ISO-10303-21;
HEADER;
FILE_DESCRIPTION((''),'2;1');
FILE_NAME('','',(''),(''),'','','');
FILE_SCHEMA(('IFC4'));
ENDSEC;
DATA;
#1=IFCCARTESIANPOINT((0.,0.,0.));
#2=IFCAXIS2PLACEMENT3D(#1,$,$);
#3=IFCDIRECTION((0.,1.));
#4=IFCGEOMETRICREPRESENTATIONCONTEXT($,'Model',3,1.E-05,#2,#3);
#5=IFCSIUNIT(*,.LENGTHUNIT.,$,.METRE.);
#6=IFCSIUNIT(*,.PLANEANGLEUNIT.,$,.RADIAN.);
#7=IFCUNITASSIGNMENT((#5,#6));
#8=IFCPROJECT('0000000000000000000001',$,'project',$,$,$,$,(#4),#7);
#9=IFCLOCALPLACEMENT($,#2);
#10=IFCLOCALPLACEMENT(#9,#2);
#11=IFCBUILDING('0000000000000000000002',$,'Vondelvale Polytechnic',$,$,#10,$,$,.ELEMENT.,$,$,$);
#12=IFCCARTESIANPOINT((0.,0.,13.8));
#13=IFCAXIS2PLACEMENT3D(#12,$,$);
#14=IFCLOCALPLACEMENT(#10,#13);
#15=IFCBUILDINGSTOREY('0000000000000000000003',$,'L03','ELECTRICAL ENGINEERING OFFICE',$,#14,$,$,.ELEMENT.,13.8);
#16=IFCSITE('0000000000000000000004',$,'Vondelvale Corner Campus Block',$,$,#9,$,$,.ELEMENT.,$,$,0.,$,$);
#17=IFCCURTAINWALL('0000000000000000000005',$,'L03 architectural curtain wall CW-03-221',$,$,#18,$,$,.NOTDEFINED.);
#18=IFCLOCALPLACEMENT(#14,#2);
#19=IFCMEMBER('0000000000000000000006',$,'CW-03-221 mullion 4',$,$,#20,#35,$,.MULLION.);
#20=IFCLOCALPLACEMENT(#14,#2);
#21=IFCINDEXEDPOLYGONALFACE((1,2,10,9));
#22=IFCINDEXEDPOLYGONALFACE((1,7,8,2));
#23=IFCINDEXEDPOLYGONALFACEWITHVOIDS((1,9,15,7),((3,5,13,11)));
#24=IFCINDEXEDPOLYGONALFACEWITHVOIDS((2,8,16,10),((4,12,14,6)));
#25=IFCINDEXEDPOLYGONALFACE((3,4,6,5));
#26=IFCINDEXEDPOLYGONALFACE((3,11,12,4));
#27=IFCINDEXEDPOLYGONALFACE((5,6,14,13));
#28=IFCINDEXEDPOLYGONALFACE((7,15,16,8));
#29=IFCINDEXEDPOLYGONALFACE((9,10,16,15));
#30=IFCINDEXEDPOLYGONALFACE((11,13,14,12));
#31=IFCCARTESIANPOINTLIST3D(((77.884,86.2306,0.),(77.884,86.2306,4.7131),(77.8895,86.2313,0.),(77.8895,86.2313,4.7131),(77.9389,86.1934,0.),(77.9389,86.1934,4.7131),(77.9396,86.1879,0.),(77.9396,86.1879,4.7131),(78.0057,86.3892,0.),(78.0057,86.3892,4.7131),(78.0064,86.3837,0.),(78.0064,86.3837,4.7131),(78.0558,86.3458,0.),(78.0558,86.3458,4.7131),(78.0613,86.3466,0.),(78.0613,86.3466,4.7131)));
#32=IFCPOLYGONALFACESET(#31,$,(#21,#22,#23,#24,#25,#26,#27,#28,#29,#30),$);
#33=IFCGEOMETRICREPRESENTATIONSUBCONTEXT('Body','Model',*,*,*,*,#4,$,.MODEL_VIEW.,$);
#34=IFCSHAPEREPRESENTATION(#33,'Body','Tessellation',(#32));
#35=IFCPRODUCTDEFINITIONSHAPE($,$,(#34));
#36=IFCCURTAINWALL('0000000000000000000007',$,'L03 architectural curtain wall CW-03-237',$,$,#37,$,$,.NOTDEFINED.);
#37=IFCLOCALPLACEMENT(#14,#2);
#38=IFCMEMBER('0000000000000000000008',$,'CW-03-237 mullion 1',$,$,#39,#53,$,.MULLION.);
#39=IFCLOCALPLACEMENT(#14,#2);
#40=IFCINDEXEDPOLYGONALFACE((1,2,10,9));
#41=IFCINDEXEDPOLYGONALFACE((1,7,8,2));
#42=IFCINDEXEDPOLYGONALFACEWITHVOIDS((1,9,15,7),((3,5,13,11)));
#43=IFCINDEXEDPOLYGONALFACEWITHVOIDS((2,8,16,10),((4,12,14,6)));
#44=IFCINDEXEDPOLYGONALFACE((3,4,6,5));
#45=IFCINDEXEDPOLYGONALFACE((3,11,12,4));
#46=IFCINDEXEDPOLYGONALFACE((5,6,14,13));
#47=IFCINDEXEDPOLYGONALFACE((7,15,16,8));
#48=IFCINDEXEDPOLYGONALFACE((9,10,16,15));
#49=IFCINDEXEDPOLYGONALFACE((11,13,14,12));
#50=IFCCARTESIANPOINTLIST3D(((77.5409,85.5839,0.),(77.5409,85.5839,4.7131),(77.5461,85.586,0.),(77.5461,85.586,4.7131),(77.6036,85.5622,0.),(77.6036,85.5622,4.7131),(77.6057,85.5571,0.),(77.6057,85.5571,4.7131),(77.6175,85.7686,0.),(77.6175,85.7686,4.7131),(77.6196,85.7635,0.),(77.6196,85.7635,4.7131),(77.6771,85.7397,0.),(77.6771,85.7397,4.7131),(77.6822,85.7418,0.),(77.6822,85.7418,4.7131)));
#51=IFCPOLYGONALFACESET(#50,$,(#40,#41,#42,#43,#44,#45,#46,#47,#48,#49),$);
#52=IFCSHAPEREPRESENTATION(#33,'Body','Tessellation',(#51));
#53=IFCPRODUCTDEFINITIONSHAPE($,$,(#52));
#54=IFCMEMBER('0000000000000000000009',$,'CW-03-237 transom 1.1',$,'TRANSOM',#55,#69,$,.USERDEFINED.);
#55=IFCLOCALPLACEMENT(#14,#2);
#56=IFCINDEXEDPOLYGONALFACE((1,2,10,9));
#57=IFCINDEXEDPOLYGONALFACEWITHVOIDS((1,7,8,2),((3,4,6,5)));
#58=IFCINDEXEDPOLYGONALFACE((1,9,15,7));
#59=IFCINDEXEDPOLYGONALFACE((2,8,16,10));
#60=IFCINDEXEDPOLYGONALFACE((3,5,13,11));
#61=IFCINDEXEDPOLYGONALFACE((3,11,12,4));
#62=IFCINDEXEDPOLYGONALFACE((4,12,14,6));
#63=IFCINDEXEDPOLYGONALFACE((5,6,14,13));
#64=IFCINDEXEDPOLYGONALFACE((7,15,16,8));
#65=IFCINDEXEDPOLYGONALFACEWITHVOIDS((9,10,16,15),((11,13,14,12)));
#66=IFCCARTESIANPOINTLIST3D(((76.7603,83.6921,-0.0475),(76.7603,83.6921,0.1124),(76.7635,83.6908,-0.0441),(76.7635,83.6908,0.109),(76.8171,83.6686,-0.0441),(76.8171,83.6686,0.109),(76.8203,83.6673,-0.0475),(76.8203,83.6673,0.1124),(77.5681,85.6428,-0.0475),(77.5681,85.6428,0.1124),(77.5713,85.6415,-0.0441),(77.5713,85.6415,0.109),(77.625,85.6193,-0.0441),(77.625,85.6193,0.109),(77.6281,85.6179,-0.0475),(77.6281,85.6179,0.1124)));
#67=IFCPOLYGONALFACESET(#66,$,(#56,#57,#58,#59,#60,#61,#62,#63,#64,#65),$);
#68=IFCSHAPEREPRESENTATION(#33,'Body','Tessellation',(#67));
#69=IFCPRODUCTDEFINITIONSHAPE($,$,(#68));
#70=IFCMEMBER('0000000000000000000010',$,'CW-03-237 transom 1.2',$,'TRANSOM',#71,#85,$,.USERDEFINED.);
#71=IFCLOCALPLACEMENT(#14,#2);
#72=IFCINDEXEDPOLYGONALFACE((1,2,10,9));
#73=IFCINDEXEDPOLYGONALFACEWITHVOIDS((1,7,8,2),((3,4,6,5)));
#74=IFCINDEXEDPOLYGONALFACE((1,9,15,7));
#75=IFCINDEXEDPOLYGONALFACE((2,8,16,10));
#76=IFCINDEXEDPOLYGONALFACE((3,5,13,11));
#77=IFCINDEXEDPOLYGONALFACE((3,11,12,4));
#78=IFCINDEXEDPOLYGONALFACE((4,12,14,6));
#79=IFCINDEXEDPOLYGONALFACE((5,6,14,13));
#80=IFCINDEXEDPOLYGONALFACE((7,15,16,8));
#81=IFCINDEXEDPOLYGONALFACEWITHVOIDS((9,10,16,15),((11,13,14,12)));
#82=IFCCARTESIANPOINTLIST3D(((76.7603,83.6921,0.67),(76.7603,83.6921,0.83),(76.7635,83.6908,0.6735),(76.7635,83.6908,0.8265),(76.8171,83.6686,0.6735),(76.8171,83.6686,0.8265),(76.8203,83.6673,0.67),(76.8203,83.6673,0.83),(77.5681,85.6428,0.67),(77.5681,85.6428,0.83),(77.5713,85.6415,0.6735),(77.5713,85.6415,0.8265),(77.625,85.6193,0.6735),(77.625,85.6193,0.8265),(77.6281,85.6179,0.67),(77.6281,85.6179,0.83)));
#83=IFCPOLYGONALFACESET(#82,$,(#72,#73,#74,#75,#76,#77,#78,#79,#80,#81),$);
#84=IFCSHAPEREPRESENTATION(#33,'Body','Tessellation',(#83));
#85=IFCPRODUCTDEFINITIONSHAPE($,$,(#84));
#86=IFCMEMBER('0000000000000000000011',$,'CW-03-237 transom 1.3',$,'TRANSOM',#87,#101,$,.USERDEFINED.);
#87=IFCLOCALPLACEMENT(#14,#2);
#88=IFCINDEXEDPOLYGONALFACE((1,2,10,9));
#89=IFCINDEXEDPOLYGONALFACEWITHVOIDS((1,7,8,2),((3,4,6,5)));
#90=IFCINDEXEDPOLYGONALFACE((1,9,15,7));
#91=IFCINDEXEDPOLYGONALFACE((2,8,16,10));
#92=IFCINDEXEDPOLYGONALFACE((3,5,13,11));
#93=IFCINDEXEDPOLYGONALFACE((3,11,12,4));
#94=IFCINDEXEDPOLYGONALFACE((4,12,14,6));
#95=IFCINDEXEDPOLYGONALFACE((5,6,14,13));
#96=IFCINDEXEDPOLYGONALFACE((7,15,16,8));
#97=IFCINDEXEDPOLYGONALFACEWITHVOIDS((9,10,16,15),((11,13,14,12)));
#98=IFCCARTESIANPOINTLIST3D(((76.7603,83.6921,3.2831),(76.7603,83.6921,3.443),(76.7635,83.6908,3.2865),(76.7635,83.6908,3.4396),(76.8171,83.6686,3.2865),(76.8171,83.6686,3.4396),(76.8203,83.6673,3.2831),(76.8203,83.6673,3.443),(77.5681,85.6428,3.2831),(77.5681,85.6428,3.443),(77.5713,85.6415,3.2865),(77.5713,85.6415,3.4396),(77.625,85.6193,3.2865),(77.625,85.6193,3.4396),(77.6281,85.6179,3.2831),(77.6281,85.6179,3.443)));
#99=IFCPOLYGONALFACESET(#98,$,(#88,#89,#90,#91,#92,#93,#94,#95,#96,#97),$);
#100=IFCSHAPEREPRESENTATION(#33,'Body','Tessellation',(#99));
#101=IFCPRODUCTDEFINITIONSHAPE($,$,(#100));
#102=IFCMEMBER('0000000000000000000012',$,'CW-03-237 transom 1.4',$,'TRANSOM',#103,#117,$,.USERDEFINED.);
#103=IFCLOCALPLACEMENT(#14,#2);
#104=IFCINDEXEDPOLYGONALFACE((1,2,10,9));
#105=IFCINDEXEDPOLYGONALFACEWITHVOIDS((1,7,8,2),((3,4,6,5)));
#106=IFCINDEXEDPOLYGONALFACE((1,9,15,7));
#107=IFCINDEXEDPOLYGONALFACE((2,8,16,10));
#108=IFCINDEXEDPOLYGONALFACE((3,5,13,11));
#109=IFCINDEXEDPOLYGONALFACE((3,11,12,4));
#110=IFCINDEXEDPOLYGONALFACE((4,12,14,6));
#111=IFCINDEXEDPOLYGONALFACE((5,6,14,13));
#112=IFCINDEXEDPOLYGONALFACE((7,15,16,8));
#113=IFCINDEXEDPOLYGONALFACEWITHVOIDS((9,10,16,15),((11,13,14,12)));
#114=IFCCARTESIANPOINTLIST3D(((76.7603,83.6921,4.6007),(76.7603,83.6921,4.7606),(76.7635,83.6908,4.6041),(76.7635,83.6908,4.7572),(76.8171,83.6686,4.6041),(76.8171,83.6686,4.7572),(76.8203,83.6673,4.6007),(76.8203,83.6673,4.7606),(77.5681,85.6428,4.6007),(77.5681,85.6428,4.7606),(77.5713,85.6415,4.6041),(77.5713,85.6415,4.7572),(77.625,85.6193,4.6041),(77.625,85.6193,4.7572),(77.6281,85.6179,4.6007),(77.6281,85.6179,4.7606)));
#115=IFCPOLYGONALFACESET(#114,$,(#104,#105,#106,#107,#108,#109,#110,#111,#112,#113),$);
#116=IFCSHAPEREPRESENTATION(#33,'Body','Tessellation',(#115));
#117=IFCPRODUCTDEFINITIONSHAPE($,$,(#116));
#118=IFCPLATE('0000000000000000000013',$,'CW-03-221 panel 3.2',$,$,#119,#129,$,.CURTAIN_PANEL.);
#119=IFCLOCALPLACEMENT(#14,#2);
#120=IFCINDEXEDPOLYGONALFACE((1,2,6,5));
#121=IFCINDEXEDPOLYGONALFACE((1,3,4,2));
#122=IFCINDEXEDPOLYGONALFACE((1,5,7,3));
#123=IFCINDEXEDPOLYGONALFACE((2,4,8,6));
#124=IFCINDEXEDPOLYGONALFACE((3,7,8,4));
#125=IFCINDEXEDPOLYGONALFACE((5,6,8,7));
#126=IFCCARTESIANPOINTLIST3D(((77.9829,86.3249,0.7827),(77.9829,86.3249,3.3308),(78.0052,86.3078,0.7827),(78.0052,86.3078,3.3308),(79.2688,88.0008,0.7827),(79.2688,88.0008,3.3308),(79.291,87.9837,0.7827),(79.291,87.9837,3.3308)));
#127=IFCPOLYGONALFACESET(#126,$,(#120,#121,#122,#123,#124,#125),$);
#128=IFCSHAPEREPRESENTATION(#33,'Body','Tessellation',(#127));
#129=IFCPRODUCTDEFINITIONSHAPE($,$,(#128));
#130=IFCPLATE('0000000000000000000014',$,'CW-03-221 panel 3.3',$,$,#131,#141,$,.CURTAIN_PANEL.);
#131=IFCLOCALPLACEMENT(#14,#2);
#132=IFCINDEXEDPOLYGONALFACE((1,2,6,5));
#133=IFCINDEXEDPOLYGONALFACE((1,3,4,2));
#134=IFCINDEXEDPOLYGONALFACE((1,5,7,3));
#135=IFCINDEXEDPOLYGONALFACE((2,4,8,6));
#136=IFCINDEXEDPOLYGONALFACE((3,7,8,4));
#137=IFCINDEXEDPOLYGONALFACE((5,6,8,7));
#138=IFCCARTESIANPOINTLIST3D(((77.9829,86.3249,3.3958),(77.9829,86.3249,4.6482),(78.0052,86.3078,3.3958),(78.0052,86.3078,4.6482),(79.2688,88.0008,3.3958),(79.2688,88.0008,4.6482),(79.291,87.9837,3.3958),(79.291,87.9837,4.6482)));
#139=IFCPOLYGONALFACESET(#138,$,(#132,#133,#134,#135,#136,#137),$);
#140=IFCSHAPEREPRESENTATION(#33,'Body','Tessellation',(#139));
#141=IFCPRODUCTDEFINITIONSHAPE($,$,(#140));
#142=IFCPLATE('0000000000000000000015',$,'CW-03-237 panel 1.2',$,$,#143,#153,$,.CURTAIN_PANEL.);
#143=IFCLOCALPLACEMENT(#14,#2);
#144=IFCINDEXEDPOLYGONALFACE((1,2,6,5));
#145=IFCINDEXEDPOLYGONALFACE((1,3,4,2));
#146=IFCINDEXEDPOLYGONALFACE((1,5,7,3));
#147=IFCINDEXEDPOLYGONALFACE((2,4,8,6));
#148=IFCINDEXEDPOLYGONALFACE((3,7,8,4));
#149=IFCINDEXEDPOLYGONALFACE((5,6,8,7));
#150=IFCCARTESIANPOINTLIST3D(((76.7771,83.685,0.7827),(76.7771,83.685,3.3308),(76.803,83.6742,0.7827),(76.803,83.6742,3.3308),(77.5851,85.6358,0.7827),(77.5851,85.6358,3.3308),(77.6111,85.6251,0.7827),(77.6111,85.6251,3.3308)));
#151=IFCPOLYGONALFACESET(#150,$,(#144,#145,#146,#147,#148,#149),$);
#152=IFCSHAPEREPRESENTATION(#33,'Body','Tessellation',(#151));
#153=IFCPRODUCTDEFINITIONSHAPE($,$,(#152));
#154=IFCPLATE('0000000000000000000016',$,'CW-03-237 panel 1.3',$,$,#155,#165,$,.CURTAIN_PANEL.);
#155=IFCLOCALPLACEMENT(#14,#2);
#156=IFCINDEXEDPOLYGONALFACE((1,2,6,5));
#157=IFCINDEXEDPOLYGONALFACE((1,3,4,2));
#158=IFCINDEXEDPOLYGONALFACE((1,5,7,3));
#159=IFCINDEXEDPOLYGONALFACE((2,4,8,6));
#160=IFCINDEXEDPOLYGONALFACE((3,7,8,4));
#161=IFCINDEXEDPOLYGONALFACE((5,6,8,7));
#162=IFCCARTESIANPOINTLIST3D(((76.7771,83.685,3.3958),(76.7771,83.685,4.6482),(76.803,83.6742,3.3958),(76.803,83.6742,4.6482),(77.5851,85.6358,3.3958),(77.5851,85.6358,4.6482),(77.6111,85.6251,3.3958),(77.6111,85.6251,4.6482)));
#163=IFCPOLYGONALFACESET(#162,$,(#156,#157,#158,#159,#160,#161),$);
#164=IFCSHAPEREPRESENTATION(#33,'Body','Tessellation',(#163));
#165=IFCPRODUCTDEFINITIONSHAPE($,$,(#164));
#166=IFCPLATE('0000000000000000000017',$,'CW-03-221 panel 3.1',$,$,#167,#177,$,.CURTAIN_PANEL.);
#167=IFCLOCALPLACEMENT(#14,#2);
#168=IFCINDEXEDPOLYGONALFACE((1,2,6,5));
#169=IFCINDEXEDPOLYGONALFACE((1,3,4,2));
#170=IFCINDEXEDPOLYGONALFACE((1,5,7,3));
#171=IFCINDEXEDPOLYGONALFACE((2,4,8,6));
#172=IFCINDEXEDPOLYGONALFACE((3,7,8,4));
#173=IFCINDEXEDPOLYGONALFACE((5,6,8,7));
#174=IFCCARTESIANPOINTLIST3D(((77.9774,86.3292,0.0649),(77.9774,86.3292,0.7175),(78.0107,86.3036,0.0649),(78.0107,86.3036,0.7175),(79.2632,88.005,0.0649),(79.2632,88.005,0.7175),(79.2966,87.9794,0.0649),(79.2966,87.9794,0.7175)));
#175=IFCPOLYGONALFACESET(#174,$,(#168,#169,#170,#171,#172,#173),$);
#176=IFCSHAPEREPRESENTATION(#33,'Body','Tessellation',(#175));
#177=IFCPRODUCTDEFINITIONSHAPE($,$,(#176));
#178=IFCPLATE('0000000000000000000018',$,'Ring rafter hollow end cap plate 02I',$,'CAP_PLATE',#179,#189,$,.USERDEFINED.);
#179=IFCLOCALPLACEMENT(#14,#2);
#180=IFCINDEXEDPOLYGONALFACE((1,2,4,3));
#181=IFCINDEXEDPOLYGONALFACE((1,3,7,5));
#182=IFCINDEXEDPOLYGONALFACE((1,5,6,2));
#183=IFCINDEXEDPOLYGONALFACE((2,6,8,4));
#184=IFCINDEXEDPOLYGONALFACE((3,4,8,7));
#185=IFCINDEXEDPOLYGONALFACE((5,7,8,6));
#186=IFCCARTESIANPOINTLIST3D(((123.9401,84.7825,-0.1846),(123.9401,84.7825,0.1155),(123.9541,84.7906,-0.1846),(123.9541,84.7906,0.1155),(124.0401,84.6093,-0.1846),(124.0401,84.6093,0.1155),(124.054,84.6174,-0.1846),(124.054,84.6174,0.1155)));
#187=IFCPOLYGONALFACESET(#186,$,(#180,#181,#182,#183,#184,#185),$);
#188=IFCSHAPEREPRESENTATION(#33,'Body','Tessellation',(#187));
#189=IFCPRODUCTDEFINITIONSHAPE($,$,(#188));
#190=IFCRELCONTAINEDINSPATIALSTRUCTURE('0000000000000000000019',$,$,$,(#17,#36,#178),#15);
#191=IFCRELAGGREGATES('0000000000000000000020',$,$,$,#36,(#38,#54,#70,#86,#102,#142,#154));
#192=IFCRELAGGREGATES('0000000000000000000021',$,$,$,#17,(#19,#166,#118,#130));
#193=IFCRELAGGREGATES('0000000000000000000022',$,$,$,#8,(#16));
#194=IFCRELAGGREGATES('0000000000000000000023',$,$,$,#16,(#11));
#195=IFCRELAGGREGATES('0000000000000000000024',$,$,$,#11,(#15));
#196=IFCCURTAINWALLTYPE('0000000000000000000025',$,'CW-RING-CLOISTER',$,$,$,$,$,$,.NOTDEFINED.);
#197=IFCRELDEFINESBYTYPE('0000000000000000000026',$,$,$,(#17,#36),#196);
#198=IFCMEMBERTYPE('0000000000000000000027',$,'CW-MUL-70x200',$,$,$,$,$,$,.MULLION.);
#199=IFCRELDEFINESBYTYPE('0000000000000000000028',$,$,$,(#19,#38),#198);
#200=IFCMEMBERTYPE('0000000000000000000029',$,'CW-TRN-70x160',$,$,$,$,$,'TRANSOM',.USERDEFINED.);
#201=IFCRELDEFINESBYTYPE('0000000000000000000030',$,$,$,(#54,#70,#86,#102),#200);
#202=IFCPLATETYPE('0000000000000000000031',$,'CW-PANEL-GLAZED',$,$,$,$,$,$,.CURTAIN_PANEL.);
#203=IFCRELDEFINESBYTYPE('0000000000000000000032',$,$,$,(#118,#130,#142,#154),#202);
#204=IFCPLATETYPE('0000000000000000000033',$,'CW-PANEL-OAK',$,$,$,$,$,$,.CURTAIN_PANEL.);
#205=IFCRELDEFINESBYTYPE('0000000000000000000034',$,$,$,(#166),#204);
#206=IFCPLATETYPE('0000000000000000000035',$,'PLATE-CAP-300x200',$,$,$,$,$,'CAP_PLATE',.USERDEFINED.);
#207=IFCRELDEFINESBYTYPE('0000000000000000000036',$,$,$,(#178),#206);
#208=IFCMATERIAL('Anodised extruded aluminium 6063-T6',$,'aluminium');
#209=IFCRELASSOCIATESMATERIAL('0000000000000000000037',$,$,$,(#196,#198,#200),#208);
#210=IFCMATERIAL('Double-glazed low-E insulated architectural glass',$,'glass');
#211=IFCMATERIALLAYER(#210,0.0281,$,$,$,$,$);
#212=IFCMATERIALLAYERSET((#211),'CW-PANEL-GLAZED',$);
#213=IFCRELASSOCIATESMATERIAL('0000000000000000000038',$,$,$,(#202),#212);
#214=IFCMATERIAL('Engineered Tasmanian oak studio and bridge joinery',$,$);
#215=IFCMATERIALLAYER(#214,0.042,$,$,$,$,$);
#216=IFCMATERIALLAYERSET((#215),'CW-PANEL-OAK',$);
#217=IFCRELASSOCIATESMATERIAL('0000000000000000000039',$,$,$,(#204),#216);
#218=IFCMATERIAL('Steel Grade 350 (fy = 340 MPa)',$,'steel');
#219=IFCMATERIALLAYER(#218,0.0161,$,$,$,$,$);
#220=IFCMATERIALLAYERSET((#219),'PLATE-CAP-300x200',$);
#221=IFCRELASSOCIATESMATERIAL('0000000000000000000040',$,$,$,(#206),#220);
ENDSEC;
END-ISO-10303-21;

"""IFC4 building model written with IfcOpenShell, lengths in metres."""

from ifc_helpers import new_model, si_unit, direction, frame, origin, origin_2d, place, context, subcontext, project, spatial, rectangle, hollow_rectangle, extrude, material, layer, layer_set, material_profile, profile_set, type_object, element, aggregate, save


model = new_model("IFC4")

# Units and contexts
model_context = context("Model", 3, precision=1e-05, world=origin(), true_north=direction((0.0, 1.0)))
body_context = subcontext(model_context, "Body", "Model", "MODEL_VIEW")
ifc_project = project(units=[si_unit("LENGTHUNIT", "METRE"), si_unit("PLANEANGLEUNIT", "RADIAN")], contexts=[model_context])

# Site, building, storey
site_placement = place(None, origin())
site = spatial("IfcSite", under=ifc_project, at=site_placement, Name="Vondelvale Corner Campus Block", CompositionType="ELEMENT", RefElevation=0.0)
building_placement = place(site_placement, origin())
building = spatial("IfcBuilding", under=site, at=building_placement, Name="Vondelvale Polytechnic", CompositionType="ELEMENT")
storey_placement = place(building_placement, frame((0.0, 0.0, 13.8)))
storey = spatial("IfcBuildingStorey", under=building, at=storey_placement, Name="L03", Description="ELECTRICAL ENGINEERING OFFICE", CompositionType="ELEMENT", Elevation=13.8)

# Curtain wall, member
ifc_material_1 = material(Name="Anodised extruded aluminium 6063-T6", Category="aluminium")
curtain_wall_type = type_object("IfcCurtainWallType", Name="CW-RING-CLOISTER", PredefinedType="NOTDEFINED", material=ifc_material_1)
curtain_wall_1_placement = place(storey_placement, origin())
curtain_wall_1 = element("IfcCurtainWall", 1, at=curtain_wall_1_placement, inside=storey, type_object=curtain_wall_type, Name="L03 architectural curtain wall CW-03-221", PredefinedType="NOTDEFINED")
ifc_material_profile_1 = material_profile(ifc_material_1, hollow_rectangle(XDim=0.0701, YDim=0.2, WallThickness=0.0039, at=origin_2d()), Name="CW-MUL-200x70")
ifc_profile_set_1 = profile_set([ifc_material_profile_1], Name="Anodised extruded aluminium 6063-T6")
member_type_1 = type_object("IfcMemberType", Name="CW-MUL-70x200", PredefinedType="MULLION", material=ifc_profile_set_1)
member_1_placement = place(storey_placement, frame((77.9727, 86.2886, 0.0), z_axis=(0.0, 0.0, 1.0), x_axis=(0.793364, -0.608748, 0.0)))
member_1 = element("IfcMember", 2, at=member_1_placement, type_object=member_type_1, Name="CW-03-221 mullion 4", PredefinedType="MULLION", context=body_context, shape_type="SweptSolid", body=[
    extrude(hollow_rectangle(XDim=0.0701, YDim=0.2, WallThickness=0.0039, at=origin_2d()), origin(), (0.0, 0.0, 1.0), 4.7131),
])

# Curtain wall, members
curtain_wall_2_placement = place(storey_placement, origin())
curtain_wall_2 = element("IfcCurtainWall", 3, at=curtain_wall_2_placement, inside=storey, type_object=curtain_wall_type, Name="L03 architectural curtain wall CW-03-237", PredefinedType="NOTDEFINED")
member_2_placement = place(storey_placement, frame((77.6116, 85.6628, 0.0), z_axis=(0.0, 0.0, 1.0), x_axis=(0.923882, -0.382679, 0.0)))
member_2 = element("IfcMember", 4, at=member_2_placement, type_object=member_type_1, Name="CW-03-237 mullion 1", PredefinedType="MULLION", context=body_context, shape_type="SweptSolid", body=[
    extrude(hollow_rectangle(XDim=0.0701, YDim=0.2, WallThickness=0.0039, at=origin_2d()), origin(), (0.0, 0.0, 1.0), 4.7131),
])
ifc_material_profile_2 = material_profile(ifc_material_1, hollow_rectangle(XDim=0.0649, YDim=0.1599, WallThickness=0.0034, at=origin_2d()), Name="CW-TRN-160x65")
ifc_profile_set_2 = profile_set([ifc_material_profile_2], Name="Anodised extruded aluminium 6063-T6")
member_type_2 = type_object("IfcMemberType", Name="CW-TRN-70x160", ElementType="TRANSOM", PredefinedType="USERDEFINED", material=ifc_profile_set_2)
member_3_placement = place(storey_placement, frame((77.5981, 85.6304, 0.0325), z_axis=(-0.382628, -0.923903, 0.0), x_axis=(0.923903, -0.382628, 0.0)))
member_3 = element("IfcMember", 5, at=member_3_placement, type_object=member_type_2, Name="CW-03-237 transom 1.1", ObjectType="TRANSOM", PredefinedType="USERDEFINED", context=body_context, shape_type="SweptSolid", body=[
    extrude(hollow_rectangle(XDim=0.0649, YDim=0.1599, WallThickness=0.0034, at=origin_2d()), origin(), (0.0, 0.0, 1.0), 2.1113),
])
member_4_placement = place(storey_placement, frame((77.5981, 85.6304, 0.75), z_axis=(-0.382628, -0.923903, 0.0), x_axis=(0.923903, -0.382628, 0.0)))
member_4 = element("IfcMember", 6, at=member_4_placement, type_object=member_type_2, Name="CW-03-237 transom 1.2", ObjectType="TRANSOM", PredefinedType="USERDEFINED", context=body_context, shape_type="SweptSolid", body=[
    extrude(hollow_rectangle(XDim=0.0649, YDim=0.1599, WallThickness=0.0034, at=origin_2d()), origin(), (0.0, 0.0, 1.0), 2.1113),
])
member_5_placement = place(storey_placement, frame((77.5981, 85.6304, 3.363), z_axis=(-0.382628, -0.923903, 0.0), x_axis=(0.923903, -0.382628, 0.0)))
member_5 = element("IfcMember", 7, at=member_5_placement, type_object=member_type_2, Name="CW-03-237 transom 1.3", ObjectType="TRANSOM", PredefinedType="USERDEFINED", context=body_context, shape_type="SweptSolid", body=[
    extrude(hollow_rectangle(XDim=0.0649, YDim=0.1599, WallThickness=0.0034, at=origin_2d()), origin(), (0.0, 0.0, 1.0), 2.1113),
])
member_6_placement = place(storey_placement, frame((77.5981, 85.6304, 4.6807), z_axis=(-0.382628, -0.923903, 0.0), x_axis=(0.923903, -0.382628, 0.0)))
member_6 = element("IfcMember", 8, at=member_6_placement, type_object=member_type_2, Name="CW-03-237 transom 1.4", ObjectType="TRANSOM", PredefinedType="USERDEFINED", context=body_context, shape_type="SweptSolid", body=[
    extrude(hollow_rectangle(XDim=0.0649, YDim=0.1599, WallThickness=0.0034, at=origin_2d()), origin(), (0.0, 0.0, 1.0), 2.1113),
])

# Plates
ifc_material_2 = material(Name="Double-glazed low-E insulated architectural glass", Category="glass")
ifc_layer_1 = layer(ifc_material_2, 0.0281)
ifc_layer_set_1 = layer_set([ifc_layer_1], Name="CW-PANEL-GLAZED")
plate_type_1 = type_object("IfcPlateType", Name="CW-PANEL-GLAZED", PredefinedType="CURTAIN_PANEL", material=ifc_layer_set_1)
plate_1_placement = place(storey_placement, frame((78.637, 87.1543, 0.7827), z_axis=(0.0, 0.0, 1.0), x_axis=(-0.608748, -0.793364, 0.0)))
plate_1 = element("IfcPlate", 9, at=plate_1_placement, type_object=plate_type_1, Name="CW-03-221 panel 3.2", PredefinedType="CURTAIN_PANEL", context=body_context, shape_type="SweptSolid", body=[
    extrude(rectangle(XDim=2.1123, YDim=0.0281, at=origin_2d()), origin(), (0.0, 0.0, 1.0), 2.5481),
])
plate_2_placement = place(storey_placement, frame((78.637, 87.1543, 3.3958), z_axis=(0.0, 0.0, 1.0), x_axis=(-0.608748, -0.793364, 0.0)))
plate_2 = element("IfcPlate", 10, at=plate_2_placement, type_object=plate_type_1, Name="CW-03-221 panel 3.3", PredefinedType="CURTAIN_PANEL", context=body_context, shape_type="SweptSolid", body=[
    extrude(rectangle(XDim=2.1123, YDim=0.0281, at=origin_2d()), origin(), (0.0, 0.0, 1.0), 1.2524),
])
plate_3_placement = place(storey_placement, frame((77.1941, 84.655, 0.7827), z_axis=(0.0, 0.0, 1.0), x_axis=(-0.382679, -0.923882, 0.0)))
plate_3 = element("IfcPlate", 11, at=plate_3_placement, type_object=plate_type_1, Name="CW-03-237 panel 1.2", PredefinedType="CURTAIN_PANEL", context=body_context, shape_type="SweptSolid", body=[
    extrude(rectangle(XDim=2.1116, YDim=0.0281, at=origin_2d()), origin(), (0.0, 0.0, 1.0), 2.5481),
])
plate_4_placement = place(storey_placement, frame((77.1941, 84.655, 3.3958), z_axis=(0.0, 0.0, 1.0), x_axis=(-0.382679, -0.923882, 0.0)))
plate_4 = element("IfcPlate", 12, at=plate_4_placement, type_object=plate_type_1, Name="CW-03-237 panel 1.3", PredefinedType="CURTAIN_PANEL", context=body_context, shape_type="SweptSolid", body=[
    extrude(rectangle(XDim=2.1116, YDim=0.0281, at=origin_2d()), origin(), (0.0, 0.0, 1.0), 1.2524),
])
aggregate(curtain_wall_2, [member_2, member_3, member_4, member_5, member_6, plate_3, plate_4])
ifc_material_3 = material(Name="Engineered Tasmanian oak studio and bridge joinery")
ifc_layer_2 = layer(ifc_material_3, 0.042)
ifc_layer_set_2 = layer_set([ifc_layer_2], Name="CW-PANEL-OAK")
plate_type_2 = type_object("IfcPlateType", Name="CW-PANEL-OAK", PredefinedType="CURTAIN_PANEL", material=ifc_layer_set_2)
plate_5_placement = place(storey_placement, frame((78.637, 87.1543, 0.0649), z_axis=(0.0, 0.0, 1.0), x_axis=(-0.608748, -0.793364, 0.0)))
plate_5 = element("IfcPlate", 13, at=plate_5_placement, type_object=plate_type_2, Name="CW-03-221 panel 3.1", PredefinedType="CURTAIN_PANEL", context=body_context, shape_type="SweptSolid", body=[
    extrude(rectangle(XDim=2.1123, YDim=0.042, at=origin_2d()), origin(), (0.0, 0.0, 1.0), 0.6526),
])
aggregate(curtain_wall_1, [member_1, plate_5, plate_1, plate_2])
ifc_material_4 = material(Name="Steel Grade 350 (fy = 340 MPa)", Category="steel")
ifc_layer_3 = layer(ifc_material_4, 0.0161)
ifc_layer_set_3 = layer_set([ifc_layer_3], Name="PLATE-CAP-300x200")
plate_type_3 = type_object("IfcPlateType", Name="PLATE-CAP-300x200", ElementType="CAP_PLATE", PredefinedType="USERDEFINED", material=ifc_layer_set_3)
plate_6_placement = place(storey_placement, frame((123.9971, 84.7, -0.1846), z_axis=(0.0, 0.0, 1.0), x_axis=(-0.866025, -0.5, 0.0)))
element("IfcPlate", 14, at=plate_6_placement, inside=storey, type_object=plate_type_3, Name="Ring rafter hollow end cap plate 02I", ObjectType="CAP_PLATE", PredefinedType="USERDEFINED", context=body_context, shape_type="SweptSolid", body=[
    extrude(rectangle(XDim=0.0161, YDim=0.2, at=origin_2d()), origin(), (0.0, 0.0, 1.0), 0.3),
])

save(model, "model.ifc")
